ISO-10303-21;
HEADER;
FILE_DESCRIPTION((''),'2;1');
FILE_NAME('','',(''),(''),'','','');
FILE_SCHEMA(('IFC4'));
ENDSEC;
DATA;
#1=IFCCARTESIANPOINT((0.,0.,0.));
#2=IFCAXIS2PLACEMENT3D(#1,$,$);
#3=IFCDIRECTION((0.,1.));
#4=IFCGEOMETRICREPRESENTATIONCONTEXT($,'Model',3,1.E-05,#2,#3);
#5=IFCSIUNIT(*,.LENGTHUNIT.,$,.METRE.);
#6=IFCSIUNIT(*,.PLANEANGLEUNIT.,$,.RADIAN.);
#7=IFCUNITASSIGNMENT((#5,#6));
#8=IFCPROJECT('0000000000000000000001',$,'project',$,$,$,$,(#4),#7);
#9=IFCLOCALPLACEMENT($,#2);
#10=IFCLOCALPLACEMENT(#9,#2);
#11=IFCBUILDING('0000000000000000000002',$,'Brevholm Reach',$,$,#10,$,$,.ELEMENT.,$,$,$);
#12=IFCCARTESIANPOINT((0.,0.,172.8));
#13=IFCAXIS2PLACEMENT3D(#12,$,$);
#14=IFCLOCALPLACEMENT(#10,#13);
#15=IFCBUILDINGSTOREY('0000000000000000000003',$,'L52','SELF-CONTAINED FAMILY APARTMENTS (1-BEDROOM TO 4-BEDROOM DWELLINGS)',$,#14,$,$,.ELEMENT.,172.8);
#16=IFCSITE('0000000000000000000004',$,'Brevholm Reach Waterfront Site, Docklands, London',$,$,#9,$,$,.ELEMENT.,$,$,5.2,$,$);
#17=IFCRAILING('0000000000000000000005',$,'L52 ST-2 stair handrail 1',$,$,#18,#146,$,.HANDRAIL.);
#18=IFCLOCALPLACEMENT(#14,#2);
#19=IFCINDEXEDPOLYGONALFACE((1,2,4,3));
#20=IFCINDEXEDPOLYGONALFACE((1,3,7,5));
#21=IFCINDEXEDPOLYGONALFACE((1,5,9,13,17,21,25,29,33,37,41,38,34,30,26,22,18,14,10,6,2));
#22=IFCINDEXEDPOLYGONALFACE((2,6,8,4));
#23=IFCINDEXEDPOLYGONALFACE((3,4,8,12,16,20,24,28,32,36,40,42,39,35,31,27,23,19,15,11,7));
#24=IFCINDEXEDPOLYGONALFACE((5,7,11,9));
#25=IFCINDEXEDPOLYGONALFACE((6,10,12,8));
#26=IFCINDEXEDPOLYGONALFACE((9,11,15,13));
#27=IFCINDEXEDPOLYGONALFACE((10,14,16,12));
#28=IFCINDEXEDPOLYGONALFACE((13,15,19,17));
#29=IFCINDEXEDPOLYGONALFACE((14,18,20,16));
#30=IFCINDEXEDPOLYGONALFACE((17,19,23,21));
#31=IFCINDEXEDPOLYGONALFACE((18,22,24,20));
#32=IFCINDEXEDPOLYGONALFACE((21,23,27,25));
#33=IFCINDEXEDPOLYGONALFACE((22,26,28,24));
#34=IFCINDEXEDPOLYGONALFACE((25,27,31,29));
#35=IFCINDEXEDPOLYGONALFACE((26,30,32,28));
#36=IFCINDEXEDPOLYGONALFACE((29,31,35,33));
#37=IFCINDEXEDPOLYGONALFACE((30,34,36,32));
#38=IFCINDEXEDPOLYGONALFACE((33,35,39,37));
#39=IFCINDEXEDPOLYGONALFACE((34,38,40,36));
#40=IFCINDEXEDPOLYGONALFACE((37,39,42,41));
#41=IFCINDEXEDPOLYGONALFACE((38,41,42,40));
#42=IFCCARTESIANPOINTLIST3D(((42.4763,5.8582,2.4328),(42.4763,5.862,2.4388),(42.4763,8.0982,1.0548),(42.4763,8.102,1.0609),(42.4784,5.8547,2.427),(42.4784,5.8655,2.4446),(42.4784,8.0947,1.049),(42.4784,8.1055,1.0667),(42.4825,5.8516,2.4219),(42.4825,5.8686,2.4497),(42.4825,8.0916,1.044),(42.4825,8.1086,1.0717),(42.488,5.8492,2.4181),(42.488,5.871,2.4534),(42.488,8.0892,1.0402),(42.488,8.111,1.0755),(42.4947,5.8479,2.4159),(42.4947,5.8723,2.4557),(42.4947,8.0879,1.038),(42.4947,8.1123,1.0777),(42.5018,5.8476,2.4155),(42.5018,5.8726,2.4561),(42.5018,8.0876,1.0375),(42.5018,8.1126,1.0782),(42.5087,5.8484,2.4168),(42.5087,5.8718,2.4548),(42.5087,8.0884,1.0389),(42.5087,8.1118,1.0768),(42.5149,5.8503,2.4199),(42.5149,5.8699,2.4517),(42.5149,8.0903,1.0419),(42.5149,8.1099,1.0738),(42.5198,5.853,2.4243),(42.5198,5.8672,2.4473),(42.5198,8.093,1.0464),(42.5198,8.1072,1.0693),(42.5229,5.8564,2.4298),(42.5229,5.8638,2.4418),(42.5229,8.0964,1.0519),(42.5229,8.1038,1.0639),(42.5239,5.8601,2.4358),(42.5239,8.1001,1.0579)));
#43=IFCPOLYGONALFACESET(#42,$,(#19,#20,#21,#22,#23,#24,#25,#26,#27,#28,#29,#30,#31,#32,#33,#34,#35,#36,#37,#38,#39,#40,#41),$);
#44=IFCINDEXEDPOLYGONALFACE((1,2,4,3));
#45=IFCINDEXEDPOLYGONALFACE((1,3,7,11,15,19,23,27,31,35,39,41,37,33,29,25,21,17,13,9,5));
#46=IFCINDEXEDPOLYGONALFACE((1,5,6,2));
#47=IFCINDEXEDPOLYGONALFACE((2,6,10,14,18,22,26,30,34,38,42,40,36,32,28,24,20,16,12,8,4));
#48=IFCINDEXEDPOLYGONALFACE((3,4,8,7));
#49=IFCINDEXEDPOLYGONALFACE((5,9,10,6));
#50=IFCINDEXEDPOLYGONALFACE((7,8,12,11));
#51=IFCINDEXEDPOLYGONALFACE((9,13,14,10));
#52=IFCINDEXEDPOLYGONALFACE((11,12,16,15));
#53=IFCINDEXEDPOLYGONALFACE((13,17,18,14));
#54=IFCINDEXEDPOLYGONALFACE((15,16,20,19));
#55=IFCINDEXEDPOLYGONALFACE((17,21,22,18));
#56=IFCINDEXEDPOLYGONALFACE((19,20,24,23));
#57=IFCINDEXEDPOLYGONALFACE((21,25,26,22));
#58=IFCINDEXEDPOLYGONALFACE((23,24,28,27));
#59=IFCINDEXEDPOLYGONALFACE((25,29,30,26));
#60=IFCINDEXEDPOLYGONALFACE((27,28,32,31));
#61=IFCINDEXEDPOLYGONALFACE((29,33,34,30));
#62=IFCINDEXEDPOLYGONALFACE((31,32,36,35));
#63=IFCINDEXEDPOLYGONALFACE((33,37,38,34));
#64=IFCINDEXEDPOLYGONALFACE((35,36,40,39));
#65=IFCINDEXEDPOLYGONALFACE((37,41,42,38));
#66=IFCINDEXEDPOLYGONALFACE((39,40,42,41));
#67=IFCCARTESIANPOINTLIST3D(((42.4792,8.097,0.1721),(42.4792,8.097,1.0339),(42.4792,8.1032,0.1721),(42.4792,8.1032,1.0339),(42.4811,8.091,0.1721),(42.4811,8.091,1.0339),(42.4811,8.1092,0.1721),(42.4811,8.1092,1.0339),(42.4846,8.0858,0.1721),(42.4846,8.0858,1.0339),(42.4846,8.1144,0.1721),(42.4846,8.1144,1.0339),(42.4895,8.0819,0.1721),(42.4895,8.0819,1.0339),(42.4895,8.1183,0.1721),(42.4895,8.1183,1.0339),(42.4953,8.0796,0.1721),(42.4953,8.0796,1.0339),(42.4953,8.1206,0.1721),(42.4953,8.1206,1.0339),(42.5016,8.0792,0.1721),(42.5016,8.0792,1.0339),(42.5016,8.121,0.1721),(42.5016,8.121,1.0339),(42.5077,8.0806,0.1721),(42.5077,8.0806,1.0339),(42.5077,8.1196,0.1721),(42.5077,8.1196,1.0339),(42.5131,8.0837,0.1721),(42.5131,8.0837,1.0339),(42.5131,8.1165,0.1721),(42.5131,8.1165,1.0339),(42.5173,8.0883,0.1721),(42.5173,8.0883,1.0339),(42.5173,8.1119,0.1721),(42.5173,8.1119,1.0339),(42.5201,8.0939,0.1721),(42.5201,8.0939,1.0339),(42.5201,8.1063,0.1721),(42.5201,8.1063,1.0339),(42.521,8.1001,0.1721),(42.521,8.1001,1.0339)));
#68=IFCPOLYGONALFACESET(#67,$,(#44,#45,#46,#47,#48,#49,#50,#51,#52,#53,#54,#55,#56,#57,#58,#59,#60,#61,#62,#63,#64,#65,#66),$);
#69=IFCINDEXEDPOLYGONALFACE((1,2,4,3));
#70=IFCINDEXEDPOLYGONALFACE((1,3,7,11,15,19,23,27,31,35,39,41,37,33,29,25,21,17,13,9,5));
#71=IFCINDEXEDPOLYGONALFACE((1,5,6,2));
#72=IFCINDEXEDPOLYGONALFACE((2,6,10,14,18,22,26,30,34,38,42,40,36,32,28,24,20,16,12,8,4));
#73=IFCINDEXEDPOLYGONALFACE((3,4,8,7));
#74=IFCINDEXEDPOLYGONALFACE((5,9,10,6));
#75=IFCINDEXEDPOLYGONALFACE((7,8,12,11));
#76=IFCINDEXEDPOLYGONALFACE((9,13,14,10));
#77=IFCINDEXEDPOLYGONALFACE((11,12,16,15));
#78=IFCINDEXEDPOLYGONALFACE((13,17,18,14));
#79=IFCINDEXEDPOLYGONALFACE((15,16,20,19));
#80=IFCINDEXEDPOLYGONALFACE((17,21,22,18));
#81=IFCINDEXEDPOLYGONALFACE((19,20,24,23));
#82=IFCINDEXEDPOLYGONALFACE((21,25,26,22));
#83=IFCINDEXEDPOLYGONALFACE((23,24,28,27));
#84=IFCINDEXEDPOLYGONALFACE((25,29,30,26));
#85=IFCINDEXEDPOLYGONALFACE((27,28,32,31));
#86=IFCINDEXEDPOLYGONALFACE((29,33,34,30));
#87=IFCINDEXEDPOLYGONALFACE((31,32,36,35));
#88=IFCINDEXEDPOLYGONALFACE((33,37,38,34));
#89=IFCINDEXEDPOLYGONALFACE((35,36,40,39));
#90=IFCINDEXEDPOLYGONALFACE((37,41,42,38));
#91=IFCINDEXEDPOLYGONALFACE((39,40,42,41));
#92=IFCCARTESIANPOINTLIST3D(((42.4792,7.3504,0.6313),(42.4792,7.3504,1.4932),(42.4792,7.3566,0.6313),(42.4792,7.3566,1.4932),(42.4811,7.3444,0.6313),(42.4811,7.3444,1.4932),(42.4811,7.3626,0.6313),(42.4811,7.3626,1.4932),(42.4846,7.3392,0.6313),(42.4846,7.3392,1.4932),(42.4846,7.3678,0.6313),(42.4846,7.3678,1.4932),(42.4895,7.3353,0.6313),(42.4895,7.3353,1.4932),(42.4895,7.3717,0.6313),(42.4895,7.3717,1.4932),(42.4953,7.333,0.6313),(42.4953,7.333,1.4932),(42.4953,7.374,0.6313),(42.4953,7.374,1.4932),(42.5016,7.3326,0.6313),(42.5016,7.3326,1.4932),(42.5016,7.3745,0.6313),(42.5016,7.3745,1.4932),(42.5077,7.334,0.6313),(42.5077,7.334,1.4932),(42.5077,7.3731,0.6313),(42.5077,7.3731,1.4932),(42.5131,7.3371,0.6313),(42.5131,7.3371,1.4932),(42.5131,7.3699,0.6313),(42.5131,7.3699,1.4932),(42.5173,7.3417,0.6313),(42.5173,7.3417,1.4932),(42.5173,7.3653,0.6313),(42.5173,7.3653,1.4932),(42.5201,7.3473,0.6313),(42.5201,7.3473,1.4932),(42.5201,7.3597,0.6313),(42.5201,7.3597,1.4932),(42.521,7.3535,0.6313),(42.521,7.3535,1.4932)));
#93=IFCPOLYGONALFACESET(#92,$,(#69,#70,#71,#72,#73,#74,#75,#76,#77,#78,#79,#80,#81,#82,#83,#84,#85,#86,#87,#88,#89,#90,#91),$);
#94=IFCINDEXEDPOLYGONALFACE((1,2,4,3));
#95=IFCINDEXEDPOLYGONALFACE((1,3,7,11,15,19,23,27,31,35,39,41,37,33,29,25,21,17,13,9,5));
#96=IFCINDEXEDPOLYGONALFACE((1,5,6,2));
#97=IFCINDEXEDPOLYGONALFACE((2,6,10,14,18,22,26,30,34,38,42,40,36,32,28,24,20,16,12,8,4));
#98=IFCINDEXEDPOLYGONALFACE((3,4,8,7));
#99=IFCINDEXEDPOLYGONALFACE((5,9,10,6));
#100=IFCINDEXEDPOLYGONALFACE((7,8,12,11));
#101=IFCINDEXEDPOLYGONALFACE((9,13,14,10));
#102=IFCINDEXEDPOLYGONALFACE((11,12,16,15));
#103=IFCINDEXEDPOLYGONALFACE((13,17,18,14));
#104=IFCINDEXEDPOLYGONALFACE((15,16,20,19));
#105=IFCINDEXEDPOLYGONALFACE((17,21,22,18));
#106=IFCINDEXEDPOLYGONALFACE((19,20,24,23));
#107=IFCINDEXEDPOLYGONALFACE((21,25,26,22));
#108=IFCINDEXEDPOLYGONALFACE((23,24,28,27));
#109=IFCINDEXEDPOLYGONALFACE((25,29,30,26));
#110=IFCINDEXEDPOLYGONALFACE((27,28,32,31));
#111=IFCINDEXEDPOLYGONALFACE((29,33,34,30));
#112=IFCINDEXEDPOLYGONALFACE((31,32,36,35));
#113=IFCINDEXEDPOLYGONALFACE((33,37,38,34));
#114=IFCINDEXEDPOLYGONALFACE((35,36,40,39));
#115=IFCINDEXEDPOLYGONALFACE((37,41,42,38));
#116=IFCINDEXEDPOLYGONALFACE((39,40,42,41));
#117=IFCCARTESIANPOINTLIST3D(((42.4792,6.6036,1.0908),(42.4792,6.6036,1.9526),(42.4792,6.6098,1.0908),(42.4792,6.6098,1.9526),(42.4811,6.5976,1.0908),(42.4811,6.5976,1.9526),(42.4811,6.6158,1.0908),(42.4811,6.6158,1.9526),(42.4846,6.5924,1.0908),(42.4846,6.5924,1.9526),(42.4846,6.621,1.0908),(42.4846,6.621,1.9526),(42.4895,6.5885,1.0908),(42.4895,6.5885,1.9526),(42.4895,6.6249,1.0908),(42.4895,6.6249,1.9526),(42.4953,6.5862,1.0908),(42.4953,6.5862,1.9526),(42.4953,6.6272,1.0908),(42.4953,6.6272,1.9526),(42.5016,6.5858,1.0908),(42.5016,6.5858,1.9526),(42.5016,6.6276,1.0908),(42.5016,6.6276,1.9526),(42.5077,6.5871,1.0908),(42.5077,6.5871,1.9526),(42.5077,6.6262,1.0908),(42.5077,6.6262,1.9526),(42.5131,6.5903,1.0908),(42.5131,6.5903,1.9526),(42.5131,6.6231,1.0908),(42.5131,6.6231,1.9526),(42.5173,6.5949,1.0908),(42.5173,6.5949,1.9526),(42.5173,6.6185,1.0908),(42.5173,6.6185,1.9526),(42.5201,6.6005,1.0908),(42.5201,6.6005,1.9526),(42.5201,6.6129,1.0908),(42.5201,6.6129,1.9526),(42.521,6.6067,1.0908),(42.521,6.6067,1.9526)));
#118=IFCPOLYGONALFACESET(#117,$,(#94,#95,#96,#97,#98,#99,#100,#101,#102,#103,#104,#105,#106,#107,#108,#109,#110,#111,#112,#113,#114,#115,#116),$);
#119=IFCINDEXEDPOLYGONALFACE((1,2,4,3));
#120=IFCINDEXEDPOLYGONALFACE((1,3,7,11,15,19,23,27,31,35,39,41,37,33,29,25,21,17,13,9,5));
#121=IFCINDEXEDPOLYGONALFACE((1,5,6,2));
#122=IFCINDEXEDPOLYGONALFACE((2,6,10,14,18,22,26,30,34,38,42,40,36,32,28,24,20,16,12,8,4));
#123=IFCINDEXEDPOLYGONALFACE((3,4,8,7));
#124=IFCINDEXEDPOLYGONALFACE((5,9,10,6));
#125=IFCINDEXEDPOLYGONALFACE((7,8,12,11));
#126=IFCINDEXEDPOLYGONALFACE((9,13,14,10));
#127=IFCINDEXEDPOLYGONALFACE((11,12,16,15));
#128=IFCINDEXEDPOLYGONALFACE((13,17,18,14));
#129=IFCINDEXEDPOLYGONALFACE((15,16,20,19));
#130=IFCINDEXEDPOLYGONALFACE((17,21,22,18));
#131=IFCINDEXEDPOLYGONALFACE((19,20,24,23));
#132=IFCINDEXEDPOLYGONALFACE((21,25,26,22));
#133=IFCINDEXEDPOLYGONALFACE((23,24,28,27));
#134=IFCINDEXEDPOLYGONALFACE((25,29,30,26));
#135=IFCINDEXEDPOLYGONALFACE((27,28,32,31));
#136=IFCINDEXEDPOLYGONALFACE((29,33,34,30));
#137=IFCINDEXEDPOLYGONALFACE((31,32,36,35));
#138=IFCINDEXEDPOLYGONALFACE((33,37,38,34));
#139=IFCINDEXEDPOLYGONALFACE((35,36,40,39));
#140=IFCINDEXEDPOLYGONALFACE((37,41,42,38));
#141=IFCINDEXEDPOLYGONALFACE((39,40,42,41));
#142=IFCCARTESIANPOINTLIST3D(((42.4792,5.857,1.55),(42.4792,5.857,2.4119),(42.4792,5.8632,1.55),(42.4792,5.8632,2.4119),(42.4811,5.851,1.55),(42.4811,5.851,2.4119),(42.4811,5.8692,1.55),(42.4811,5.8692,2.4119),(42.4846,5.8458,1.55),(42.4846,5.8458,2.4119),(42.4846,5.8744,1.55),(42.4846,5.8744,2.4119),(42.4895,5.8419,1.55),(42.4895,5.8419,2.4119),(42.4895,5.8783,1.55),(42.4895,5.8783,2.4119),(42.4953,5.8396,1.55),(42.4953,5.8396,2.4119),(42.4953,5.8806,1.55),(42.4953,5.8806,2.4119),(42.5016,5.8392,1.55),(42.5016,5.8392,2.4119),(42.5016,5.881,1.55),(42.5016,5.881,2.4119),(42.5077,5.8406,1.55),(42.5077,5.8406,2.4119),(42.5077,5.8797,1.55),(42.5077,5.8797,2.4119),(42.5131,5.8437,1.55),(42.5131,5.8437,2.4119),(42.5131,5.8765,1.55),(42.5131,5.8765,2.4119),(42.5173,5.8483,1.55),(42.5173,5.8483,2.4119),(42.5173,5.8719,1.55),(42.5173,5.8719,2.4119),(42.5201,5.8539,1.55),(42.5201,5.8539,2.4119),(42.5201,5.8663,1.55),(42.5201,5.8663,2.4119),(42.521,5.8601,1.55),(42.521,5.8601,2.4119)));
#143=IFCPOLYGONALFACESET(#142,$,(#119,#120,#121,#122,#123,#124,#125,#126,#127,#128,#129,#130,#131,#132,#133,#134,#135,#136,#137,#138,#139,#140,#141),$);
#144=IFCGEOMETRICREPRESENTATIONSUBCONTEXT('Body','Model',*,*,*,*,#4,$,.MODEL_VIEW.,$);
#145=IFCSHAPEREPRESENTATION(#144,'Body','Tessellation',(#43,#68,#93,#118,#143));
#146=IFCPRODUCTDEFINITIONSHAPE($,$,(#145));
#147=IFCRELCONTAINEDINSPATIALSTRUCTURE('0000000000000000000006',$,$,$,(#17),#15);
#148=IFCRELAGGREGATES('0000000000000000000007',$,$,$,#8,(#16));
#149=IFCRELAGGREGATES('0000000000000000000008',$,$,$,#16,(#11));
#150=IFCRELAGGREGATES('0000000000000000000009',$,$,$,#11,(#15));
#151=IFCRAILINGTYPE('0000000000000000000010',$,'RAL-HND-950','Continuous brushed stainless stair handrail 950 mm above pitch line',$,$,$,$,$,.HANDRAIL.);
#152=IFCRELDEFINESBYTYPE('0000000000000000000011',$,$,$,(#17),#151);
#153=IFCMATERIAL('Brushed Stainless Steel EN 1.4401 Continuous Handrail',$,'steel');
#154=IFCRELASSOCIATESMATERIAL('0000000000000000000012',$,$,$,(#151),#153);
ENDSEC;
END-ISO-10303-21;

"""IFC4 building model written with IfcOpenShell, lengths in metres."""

from ifc_helpers import new_model, si_unit, direction, frame, origin, origin_2d, place, context, subcontext, project, spatial, circle, extrude, material, type_object, element, save


model = new_model("IFC4")

# Units and contexts
model_context = context("Model", 3, precision=1e-05, world=origin(), true_north=direction((0.0, 1.0)))
body_context = subcontext(model_context, "Body", "Model", "MODEL_VIEW")
ifc_project = project(units=[si_unit("LENGTHUNIT", "METRE"), si_unit("PLANEANGLEUNIT", "RADIAN")], contexts=[model_context])

# Site, building, storey
site_placement = place(None, origin())
site = spatial("IfcSite", under=ifc_project, at=site_placement, Name="Brevholm Reach Waterfront Site, Docklands, London", CompositionType="ELEMENT", RefElevation=5.2)
building_placement = place(site_placement, origin())
building = spatial("IfcBuilding", under=site, at=building_placement, Name="Brevholm Reach", CompositionType="ELEMENT")
storey_placement = place(building_placement, frame((0.0, 0.0, 172.8)))
storey = spatial("IfcBuildingStorey", under=building, at=storey_placement, Name="L52", Description="SELF-CONTAINED FAMILY APARTMENTS (1-BEDROOM TO 4-BEDROOM DWELLINGS)", CompositionType="ELEMENT", Elevation=172.8)

# Railing
ifc_material_1 = material(Name="Brushed Stainless Steel EN 1.4401 Continuous Handrail", Category="steel")
railing_type_1 = type_object("IfcRailingType", Name="RAL-HND-950", Description="Continuous brushed stainless stair handrail 950 mm above pitch line", PredefinedType="HANDRAIL", material=ifc_material_1)
railing_1_placement = place(storey_placement, frame((42.5, 8.1001, 0.1721)))
element("IfcRailing", 1, at=railing_1_placement, inside=storey, type_object=railing_type_1, Name="L52 ST-2 stair handrail 1", PredefinedType="HANDRAIL", context=body_context, shape_type="SweptSolid", body=[
    extrude(circle(Radius=0.0239, at=origin_2d()), frame((0.0, 0.0, 0.8857), z_axis=(0.0, -0.851748, 0.523952), x_axis=(1.0, 0.0, 0.0)), (0.0, 0.0, 1.0), 2.6299),
    extrude(circle(Radius=0.021, at=origin_2d()), origin(), (0.0, 0.0, 1.0), 0.8618),
    extrude(circle(Radius=0.021, at=origin_2d()), frame((0.0, -0.7466, 0.4592)), (0.0, 0.0, 1.0), 0.8618),
    extrude(circle(Radius=0.021, at=origin_2d()), frame((0.0, -1.4934, 0.9187)), (0.0, 0.0, 1.0), 0.8618),
    extrude(circle(Radius=0.021, at=origin_2d()), frame((0.0, -2.24, 1.3779)), (0.0, 0.0, 1.0), 0.8618),
])

save(model, "model.ifc")
